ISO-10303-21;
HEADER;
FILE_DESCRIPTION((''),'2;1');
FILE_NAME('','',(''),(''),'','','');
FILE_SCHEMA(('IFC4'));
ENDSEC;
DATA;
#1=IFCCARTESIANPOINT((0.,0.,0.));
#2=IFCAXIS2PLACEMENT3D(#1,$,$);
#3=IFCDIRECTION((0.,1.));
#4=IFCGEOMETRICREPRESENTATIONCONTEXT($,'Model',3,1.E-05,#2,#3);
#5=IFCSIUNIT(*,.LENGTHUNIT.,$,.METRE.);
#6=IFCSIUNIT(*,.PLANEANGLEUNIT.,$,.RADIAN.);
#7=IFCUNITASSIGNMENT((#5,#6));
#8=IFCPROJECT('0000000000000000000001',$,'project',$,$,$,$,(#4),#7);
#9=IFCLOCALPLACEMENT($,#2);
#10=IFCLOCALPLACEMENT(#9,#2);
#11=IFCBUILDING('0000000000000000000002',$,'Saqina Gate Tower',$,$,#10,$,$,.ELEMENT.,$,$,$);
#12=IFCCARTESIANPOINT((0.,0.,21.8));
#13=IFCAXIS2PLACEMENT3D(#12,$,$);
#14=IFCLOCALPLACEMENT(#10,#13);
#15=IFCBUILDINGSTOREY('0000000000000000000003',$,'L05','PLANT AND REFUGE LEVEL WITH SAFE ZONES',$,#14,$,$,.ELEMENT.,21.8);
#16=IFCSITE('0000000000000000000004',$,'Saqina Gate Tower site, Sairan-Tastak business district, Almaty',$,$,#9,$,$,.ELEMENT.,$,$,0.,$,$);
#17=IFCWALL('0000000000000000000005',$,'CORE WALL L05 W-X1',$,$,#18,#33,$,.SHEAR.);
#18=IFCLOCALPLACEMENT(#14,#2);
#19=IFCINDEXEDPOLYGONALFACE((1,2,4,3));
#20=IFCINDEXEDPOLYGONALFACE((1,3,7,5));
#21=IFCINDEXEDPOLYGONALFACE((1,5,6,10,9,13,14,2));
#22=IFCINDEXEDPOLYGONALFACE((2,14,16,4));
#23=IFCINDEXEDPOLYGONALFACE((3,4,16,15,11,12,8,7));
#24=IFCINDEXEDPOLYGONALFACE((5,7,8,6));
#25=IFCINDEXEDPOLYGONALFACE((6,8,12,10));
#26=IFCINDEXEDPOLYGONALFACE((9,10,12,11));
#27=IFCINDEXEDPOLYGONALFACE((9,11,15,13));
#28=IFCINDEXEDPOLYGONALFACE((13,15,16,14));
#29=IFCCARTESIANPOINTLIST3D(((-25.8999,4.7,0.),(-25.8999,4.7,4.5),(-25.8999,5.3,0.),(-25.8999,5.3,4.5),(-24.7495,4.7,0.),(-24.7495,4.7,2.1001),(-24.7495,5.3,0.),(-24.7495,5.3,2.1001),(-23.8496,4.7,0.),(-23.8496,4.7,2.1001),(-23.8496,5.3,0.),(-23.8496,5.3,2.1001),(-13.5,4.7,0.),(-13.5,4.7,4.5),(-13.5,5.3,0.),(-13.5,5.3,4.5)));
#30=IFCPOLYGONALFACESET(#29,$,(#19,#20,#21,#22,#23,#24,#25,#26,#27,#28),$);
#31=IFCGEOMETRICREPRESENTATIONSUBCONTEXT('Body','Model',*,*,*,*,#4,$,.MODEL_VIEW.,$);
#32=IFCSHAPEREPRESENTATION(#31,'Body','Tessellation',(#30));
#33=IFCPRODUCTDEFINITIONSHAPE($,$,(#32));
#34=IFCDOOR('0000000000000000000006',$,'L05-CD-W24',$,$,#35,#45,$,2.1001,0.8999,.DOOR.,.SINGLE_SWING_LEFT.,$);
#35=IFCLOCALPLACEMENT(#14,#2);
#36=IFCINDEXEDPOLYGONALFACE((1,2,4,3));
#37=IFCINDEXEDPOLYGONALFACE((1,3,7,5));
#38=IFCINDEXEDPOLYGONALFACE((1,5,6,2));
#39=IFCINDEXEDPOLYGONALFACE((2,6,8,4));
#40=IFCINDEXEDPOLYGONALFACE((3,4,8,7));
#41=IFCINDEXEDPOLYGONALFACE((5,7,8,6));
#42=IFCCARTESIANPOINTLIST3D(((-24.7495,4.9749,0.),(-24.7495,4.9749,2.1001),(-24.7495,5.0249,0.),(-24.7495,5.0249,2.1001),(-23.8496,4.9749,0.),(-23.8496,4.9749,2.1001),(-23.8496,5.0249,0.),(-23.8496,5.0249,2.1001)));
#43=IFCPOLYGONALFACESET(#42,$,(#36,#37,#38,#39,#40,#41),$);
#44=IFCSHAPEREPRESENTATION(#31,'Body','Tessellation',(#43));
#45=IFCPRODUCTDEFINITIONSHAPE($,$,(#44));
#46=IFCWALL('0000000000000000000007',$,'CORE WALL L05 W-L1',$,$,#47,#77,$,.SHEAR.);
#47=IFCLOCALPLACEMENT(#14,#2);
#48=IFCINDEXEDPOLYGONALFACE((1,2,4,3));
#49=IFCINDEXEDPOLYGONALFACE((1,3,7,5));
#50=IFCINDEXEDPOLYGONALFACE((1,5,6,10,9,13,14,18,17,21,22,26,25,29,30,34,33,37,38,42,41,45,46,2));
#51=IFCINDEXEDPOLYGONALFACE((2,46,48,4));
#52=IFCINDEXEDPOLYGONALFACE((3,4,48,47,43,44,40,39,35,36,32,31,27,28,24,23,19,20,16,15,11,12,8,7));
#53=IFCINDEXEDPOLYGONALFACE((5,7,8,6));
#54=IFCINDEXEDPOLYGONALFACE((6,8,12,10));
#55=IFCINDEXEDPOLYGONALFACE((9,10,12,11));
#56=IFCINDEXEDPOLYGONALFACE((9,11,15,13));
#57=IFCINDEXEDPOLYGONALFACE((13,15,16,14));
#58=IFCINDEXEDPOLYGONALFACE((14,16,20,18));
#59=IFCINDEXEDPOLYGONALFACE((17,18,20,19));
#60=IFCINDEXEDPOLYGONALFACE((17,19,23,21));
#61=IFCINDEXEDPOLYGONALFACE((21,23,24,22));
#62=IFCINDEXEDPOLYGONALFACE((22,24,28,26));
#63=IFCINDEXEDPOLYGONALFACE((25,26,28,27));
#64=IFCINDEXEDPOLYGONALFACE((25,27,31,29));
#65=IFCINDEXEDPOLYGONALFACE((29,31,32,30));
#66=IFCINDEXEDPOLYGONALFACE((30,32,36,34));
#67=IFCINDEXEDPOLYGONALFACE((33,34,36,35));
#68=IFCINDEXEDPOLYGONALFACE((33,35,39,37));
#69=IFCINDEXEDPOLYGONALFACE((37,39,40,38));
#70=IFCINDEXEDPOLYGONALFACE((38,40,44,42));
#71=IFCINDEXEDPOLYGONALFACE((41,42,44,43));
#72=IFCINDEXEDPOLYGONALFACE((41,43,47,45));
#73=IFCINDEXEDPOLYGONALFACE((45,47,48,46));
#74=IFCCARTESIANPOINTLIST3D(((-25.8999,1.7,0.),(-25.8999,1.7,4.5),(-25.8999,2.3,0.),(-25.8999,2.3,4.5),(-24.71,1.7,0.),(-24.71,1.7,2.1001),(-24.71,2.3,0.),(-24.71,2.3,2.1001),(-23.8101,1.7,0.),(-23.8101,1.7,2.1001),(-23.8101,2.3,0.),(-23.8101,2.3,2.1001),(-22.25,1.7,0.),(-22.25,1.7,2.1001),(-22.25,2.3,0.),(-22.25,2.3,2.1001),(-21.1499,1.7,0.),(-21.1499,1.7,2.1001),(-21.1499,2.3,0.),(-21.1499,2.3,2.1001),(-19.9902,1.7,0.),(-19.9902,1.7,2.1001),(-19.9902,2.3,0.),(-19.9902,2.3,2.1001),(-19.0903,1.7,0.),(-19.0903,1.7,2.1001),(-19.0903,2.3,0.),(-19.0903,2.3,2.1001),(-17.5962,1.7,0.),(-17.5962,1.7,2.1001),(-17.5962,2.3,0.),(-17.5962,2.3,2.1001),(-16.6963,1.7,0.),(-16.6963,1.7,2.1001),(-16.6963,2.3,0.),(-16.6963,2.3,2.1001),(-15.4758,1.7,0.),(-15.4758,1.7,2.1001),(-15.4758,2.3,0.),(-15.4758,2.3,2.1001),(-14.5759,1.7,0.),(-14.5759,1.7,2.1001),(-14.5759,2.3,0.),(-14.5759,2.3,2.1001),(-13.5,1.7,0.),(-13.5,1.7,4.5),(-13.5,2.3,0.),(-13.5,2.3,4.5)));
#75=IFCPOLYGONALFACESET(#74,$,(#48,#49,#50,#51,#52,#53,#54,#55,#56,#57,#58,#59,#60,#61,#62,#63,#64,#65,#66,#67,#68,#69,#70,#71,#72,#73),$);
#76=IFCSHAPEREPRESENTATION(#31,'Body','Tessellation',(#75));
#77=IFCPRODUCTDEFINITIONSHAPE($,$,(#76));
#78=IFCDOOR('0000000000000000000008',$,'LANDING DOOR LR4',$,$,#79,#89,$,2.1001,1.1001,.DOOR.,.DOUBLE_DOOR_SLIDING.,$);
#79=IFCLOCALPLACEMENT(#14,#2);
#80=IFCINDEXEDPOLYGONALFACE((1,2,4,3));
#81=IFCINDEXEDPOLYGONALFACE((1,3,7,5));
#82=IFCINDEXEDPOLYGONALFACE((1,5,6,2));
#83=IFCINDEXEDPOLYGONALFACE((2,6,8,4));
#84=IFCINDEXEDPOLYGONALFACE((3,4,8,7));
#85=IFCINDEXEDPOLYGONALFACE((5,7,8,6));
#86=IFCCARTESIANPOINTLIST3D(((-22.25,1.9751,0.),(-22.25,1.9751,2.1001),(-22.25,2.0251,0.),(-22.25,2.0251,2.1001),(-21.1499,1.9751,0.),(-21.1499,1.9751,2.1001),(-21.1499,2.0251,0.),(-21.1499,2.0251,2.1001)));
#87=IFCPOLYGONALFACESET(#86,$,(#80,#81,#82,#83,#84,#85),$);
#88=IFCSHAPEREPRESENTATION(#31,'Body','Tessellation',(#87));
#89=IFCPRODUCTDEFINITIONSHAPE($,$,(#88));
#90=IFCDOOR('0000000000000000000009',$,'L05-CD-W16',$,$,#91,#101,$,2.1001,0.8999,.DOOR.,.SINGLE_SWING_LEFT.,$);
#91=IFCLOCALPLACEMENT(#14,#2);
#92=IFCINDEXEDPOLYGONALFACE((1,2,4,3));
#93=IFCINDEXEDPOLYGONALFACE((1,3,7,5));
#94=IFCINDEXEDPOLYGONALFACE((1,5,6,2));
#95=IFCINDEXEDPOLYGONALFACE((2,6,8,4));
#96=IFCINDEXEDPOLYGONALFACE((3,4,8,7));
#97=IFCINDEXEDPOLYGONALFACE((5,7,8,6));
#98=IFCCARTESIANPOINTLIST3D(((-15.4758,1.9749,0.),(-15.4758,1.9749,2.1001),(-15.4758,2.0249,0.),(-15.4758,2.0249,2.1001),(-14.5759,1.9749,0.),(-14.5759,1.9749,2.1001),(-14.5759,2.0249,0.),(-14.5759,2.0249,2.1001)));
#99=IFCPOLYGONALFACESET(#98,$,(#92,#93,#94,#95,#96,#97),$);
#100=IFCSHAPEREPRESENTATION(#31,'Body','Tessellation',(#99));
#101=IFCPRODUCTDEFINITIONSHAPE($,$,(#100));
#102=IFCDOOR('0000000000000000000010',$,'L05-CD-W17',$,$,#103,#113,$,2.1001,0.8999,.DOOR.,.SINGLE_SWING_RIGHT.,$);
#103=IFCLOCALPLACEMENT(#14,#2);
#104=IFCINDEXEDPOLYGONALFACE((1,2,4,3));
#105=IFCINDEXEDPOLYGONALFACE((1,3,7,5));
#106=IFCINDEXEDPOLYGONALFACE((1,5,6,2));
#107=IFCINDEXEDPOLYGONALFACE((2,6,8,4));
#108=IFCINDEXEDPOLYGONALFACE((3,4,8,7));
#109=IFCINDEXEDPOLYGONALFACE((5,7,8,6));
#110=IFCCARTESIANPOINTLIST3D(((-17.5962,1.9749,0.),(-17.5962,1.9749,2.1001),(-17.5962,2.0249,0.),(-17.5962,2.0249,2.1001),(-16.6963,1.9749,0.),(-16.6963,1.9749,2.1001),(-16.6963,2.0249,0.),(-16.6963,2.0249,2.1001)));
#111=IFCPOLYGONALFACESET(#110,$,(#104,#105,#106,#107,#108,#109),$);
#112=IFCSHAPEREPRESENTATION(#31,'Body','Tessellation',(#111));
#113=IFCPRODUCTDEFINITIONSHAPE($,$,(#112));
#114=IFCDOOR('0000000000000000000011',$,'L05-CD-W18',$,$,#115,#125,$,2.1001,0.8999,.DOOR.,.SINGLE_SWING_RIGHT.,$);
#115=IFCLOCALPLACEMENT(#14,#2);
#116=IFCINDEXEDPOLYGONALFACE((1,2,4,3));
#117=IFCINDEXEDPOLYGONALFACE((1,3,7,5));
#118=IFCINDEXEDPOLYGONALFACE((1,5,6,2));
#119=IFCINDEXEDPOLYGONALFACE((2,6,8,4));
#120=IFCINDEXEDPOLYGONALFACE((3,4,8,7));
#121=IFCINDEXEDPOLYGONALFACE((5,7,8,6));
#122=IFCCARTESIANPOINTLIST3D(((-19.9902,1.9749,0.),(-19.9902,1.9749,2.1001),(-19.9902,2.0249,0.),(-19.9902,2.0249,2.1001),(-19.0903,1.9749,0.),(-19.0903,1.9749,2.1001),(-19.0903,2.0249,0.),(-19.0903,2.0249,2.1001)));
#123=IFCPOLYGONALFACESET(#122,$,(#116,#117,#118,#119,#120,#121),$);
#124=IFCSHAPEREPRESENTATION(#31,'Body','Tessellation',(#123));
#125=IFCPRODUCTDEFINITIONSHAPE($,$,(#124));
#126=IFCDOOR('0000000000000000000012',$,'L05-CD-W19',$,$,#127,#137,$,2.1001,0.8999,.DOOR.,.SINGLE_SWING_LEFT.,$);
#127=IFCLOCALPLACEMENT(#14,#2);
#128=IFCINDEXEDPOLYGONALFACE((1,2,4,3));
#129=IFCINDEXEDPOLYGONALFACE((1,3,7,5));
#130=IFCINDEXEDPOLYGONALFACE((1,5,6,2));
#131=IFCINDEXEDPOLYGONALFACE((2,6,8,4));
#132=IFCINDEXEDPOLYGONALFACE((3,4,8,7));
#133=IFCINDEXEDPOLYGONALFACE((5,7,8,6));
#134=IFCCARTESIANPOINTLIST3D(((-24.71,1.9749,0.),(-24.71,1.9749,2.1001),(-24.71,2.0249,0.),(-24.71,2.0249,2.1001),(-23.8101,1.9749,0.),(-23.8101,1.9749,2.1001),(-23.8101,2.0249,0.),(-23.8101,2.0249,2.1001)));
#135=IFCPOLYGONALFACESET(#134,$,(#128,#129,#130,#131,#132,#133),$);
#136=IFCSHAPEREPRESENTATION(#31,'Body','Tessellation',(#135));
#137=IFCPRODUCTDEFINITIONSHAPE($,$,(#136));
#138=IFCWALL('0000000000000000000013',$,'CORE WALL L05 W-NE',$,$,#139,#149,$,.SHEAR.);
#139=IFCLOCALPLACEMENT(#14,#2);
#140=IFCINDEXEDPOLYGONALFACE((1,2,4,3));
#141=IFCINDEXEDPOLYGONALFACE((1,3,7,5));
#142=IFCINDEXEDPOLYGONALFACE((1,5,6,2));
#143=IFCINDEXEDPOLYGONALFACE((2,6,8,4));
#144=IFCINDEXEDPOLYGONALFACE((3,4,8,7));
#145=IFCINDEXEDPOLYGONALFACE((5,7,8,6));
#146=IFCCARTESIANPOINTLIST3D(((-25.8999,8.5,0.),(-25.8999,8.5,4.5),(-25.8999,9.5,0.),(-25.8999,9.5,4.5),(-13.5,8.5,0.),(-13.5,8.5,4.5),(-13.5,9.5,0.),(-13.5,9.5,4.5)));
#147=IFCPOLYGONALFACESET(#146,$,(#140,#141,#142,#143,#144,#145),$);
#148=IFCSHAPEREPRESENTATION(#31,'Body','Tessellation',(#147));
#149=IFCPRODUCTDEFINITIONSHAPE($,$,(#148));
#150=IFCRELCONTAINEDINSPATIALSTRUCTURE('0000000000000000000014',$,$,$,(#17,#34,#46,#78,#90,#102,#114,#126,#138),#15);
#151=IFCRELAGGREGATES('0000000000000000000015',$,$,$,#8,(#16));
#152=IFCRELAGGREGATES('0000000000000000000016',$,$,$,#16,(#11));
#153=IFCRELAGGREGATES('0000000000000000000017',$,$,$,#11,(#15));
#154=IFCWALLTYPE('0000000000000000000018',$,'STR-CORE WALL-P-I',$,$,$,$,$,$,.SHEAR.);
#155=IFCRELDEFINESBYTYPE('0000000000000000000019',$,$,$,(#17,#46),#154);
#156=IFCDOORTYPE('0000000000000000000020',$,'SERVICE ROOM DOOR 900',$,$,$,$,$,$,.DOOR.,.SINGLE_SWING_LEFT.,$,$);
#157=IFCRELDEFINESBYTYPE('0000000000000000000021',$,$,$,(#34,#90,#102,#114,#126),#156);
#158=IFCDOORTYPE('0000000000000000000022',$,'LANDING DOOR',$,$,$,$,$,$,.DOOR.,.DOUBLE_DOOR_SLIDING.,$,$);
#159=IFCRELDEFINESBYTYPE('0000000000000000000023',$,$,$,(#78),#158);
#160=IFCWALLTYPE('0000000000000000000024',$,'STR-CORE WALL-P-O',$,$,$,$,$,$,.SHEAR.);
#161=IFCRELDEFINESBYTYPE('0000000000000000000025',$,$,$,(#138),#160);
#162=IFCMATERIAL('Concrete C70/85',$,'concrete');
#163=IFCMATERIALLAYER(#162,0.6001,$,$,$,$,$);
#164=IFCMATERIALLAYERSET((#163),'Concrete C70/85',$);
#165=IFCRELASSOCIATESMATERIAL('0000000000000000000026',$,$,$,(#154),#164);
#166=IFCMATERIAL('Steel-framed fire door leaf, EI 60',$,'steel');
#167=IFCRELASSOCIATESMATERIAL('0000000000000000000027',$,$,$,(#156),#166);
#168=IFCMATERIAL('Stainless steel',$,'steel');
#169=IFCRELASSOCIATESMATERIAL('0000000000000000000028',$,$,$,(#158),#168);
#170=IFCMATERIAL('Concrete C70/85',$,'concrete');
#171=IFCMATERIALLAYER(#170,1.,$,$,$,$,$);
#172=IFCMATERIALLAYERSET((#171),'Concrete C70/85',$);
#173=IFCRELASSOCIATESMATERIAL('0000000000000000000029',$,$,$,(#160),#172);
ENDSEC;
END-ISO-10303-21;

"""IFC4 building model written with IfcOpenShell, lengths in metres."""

from ifc_helpers import new_model, si_unit, direction, frame, frame_2d, origin, place, context, subcontext, project, spatial, rectangle, extrude, material, layer, layer_set, type_object, element, fill, save


model = new_model("IFC4")

# Units and contexts
model_context = context("Model", 3, precision=1e-05, world=origin(), true_north=direction((0.0, 1.0)))
body_context = subcontext(model_context, "Body", "Model", "MODEL_VIEW")
ifc_project = project(units=[si_unit("LENGTHUNIT", "METRE"), si_unit("PLANEANGLEUNIT", "RADIAN")], contexts=[model_context])

# Site, building, storey
site_placement = place(None, origin())
site = spatial("IfcSite", under=ifc_project, at=site_placement, Name="Saqina Gate Tower site, Sairan-Tastak business district, Almaty", CompositionType="ELEMENT", RefElevation=0.0)
building_placement = place(site_placement, origin())
building = spatial("IfcBuilding", under=site, at=building_placement, Name="Saqina Gate Tower", CompositionType="ELEMENT")
storey_placement = place(building_placement, frame((0.0, 0.0, 21.8)))
storey = spatial("IfcBuildingStorey", under=building, at=storey_placement, Name="L05", Description="PLANT AND REFUGE LEVEL WITH SAFE ZONES", CompositionType="ELEMENT", Elevation=21.8)

# Wall, opening, door
ifc_material_1 = material(Name="Concrete C70/85", Category="concrete")
ifc_layer_1 = layer(ifc_material_1, 0.6001)
ifc_layer_set_1 = layer_set([ifc_layer_1], Name="Concrete C70/85")
wall_type_1 = type_object("IfcWallType", Name="STR-CORE WALL-P-I", PredefinedType="SHEAR", material=ifc_layer_set_1)
wall_1_placement = place(storey_placement, frame((-13.5, 5.0, 0.0), z_axis=(0.0, 0.0, 1.0), x_axis=(-1.0, 0.0, 0.0)))
wall_1 = element("IfcWall", 1, at=wall_1_placement, inside=storey, type_object=wall_type_1, Name="CORE WALL L05 W-X1", PredefinedType="SHEAR", context=body_context, shape_type="SweptSolid", body=[
    extrude(rectangle(XDim=12.3999, YDim=0.6001, at=frame_2d((6.2, 0.0))), origin(), (0.0, 0.0, 1.0), 4.5),
])
opening_1_placement = place(wall_1_placement, frame((10.3496, 0.0, 0.0)))
opening_1 = element("IfcOpeningElement", 2, at=opening_1_placement, cuts=wall_1, PredefinedType="OPENING", context=body_context, shape_type="SweptSolid", body=[
    extrude(rectangle(XDim=0.8999, YDim=2.1001, at=frame_2d((0.45, 1.05))), frame((0.0, 0.312, 0.0), z_axis=(0.0, -1.0, 0.0), x_axis=(1.0, 0.0, 0.0)), (0.0, 0.0, 1.0), 0.624),
])
ifc_material_2 = material(Name="Steel-framed fire door leaf, EI 60", Category="steel")
door_type_1 = type_object("IfcDoorType", Name="SERVICE ROOM DOOR 900", OperationType="SINGLE_SWING_LEFT", PredefinedType="DOOR", material=ifc_material_2)
door_1_placement = place(opening_1_placement, frame((0.8999, 0.0, 0.0), z_axis=(0.0, 0.0, 1.0), x_axis=(-1.0, 0.0, 0.0)))
door_1 = element("IfcDoor", 3, at=door_1_placement, inside=storey, type_object=door_type_1, Name="L05-CD-W24", OperationType="SINGLE_SWING_LEFT", OverallHeight=2.1001, OverallWidth=0.8999, PredefinedType="DOOR", context=body_context, shape_type="SweptSolid", body=[
    extrude(rectangle(XDim=0.8999, YDim=2.1001, at=frame_2d((0.45, 1.05))), frame((0.0, 0.0249, 0.0), z_axis=(0.0, -1.0, 0.0), x_axis=(1.0, 0.0, 0.0)), (0.0, 0.0, 1.0), 0.05),
])
fill(opening_1, door_1)

# Wall, openings, doors
wall_2_placement = place(storey_placement, frame((-13.5, 2.0, 0.0), z_axis=(0.0, 0.0, 1.0), x_axis=(-1.0, 0.0, 0.0)))
wall_2 = element("IfcWall", 4, at=wall_2_placement, inside=storey, type_object=wall_type_1, Name="CORE WALL L05 W-L1", PredefinedType="SHEAR", context=body_context, shape_type="SweptSolid", body=[
    extrude(rectangle(XDim=12.3999, YDim=0.6001, at=frame_2d((6.2, 0.0))), origin(), (0.0, 0.0, 1.0), 4.5),
])
opening_2_placement = place(wall_2_placement, frame((7.6499, 0.0, 0.0)))
opening_2 = element("IfcOpeningElement", 5, at=opening_2_placement, cuts=wall_2, PredefinedType="OPENING", context=body_context, shape_type="SweptSolid", body=[
    extrude(rectangle(XDim=1.1001, YDim=2.1001, at=frame_2d((0.55, 1.05))), frame((0.0, 0.312, 0.0), z_axis=(0.0, -1.0, 0.0), x_axis=(1.0, 0.0, 0.0)), (0.0, 0.0, 1.0), 0.624),
])
opening_3_placement = place(wall_2_placement, frame((1.0759, 0.0, 0.0)))
opening_3 = element("IfcOpeningElement", 6, at=opening_3_placement, cuts=wall_2, PredefinedType="OPENING", context=body_context, shape_type="SweptSolid", body=[
    extrude(rectangle(XDim=0.8999, YDim=2.1001, at=frame_2d((0.45, 1.05))), frame((0.0, 0.312, 0.0), z_axis=(0.0, -1.0, 0.0), x_axis=(1.0, 0.0, 0.0)), (0.0, 0.0, 1.0), 0.624),
])
opening_4_placement = place(wall_2_placement, frame((3.1963, 0.0, 0.0)))
opening_4 = element("IfcOpeningElement", 7, at=opening_4_placement, cuts=wall_2, PredefinedType="OPENING", context=body_context, shape_type="SweptSolid", body=[
    extrude(rectangle(XDim=0.8999, YDim=2.1001, at=frame_2d((0.45, 1.05))), frame((0.0, 0.312, 0.0), z_axis=(0.0, -1.0, 0.0), x_axis=(1.0, 0.0, 0.0)), (0.0, 0.0, 1.0), 0.624),
])
opening_5_placement = place(wall_2_placement, frame((5.5903, 0.0, 0.0)))
opening_5 = element("IfcOpeningElement", 8, at=opening_5_placement, cuts=wall_2, PredefinedType="OPENING", context=body_context, shape_type="SweptSolid", body=[
    extrude(rectangle(XDim=0.8999, YDim=2.1001, at=frame_2d((0.45, 1.05))), frame((0.0, 0.312, 0.0), z_axis=(0.0, -1.0, 0.0), x_axis=(1.0, 0.0, 0.0)), (0.0, 0.0, 1.0), 0.624),
])
opening_6_placement = place(wall_2_placement, frame((10.3101, 0.0, 0.0)))
opening_6 = element("IfcOpeningElement", 9, at=opening_6_placement, cuts=wall_2, PredefinedType="OPENING", context=body_context, shape_type="SweptSolid", body=[
    extrude(rectangle(XDim=0.8999, YDim=2.1001, at=frame_2d((0.45, 1.05))), frame((0.0, 0.312, 0.0), z_axis=(0.0, -1.0, 0.0), x_axis=(1.0, 0.0, 0.0)), (0.0, 0.0, 1.0), 0.624),
])
ifc_material_3 = material(Name="Stainless steel", Category="steel")
door_type_2 = type_object("IfcDoorType", Name="LANDING DOOR", OperationType="DOUBLE_DOOR_SLIDING", PredefinedType="DOOR", material=ifc_material_3)
door_2_placement = place(opening_2_placement, origin())
door_2 = element("IfcDoor", 10, at=door_2_placement, inside=storey, type_object=door_type_2, Name="LANDING DOOR LR4", OperationType="DOUBLE_DOOR_SLIDING", OverallHeight=2.1001, OverallWidth=1.1001, PredefinedType="DOOR", context=body_context, shape_type="SweptSolid", body=[
    extrude(rectangle(XDim=1.1001, YDim=2.1001, at=frame_2d((0.55, 1.05))), frame((0.0, 0.0249, 0.0), z_axis=(0.0, -1.0, 0.0), x_axis=(1.0, 0.0, 0.0)), (0.0, 0.0, 1.0), 0.05),
])
fill(opening_2, door_2)
door_3_placement = place(opening_3_placement, frame((0.8999, 0.0, 0.0), z_axis=(0.0, 0.0, 1.0), x_axis=(-1.0, 0.0, 0.0)))
door_3 = element("IfcDoor", 11, at=door_3_placement, inside=storey, type_object=door_type_1, Name="L05-CD-W16", OperationType="SINGLE_SWING_LEFT", OverallHeight=2.1001, OverallWidth=0.8999, PredefinedType="DOOR", context=body_context, shape_type="SweptSolid", body=[
    extrude(rectangle(XDim=0.8999, YDim=2.1001, at=frame_2d((0.45, 1.05))), frame((0.0, 0.0249, 0.0), z_axis=(0.0, -1.0, 0.0), x_axis=(1.0, 0.0, 0.0)), (0.0, 0.0, 1.0), 0.05),
])
fill(opening_3, door_3)
door_4_placement = place(opening_4_placement, frame((0.8999, 0.0, 0.0), z_axis=(0.0, 0.0, 1.0), x_axis=(-1.0, 0.0, 0.0)))
door_4 = element("IfcDoor", 12, at=door_4_placement, inside=storey, type_object=door_type_1, Name="L05-CD-W17", OperationType="SINGLE_SWING_RIGHT", OverallHeight=2.1001, OverallWidth=0.8999, PredefinedType="DOOR", context=body_context, shape_type="SweptSolid", body=[
    extrude(rectangle(XDim=0.8999, YDim=2.1001, at=frame_2d((0.45, 1.05))), frame((0.0, 0.0249, 0.0), z_axis=(0.0, -1.0, 0.0), x_axis=(1.0, 0.0, 0.0)), (0.0, 0.0, 1.0), 0.05),
])
fill(opening_4, door_4)
door_5_placement = place(opening_5_placement, frame((0.8999, 0.0, 0.0), z_axis=(0.0, 0.0, 1.0), x_axis=(-1.0, 0.0, 0.0)))
door_5 = element("IfcDoor", 13, at=door_5_placement, inside=storey, type_object=door_type_1, Name="L05-CD-W18", OperationType="SINGLE_SWING_RIGHT", OverallHeight=2.1001, OverallWidth=0.8999, PredefinedType="DOOR", context=body_context, shape_type="SweptSolid", body=[
    extrude(rectangle(XDim=0.8999, YDim=2.1001, at=frame_2d((0.45, 1.05))), frame((0.0, 0.0249, 0.0), z_axis=(0.0, -1.0, 0.0), x_axis=(1.0, 0.0, 0.0)), (0.0, 0.0, 1.0), 0.05),
])
fill(opening_5, door_5)
door_6_placement = place(opening_6_placement, frame((0.8999, 0.0, 0.0), z_axis=(0.0, 0.0, 1.0), x_axis=(-1.0, 0.0, 0.0)))
door_6 = element("IfcDoor", 14, at=door_6_placement, inside=storey, type_object=door_type_1, Name="L05-CD-W19", OperationType="SINGLE_SWING_LEFT", OverallHeight=2.1001, OverallWidth=0.8999, PredefinedType="DOOR", context=body_context, shape_type="SweptSolid", body=[
    extrude(rectangle(XDim=0.8999, YDim=2.1001, at=frame_2d((0.45, 1.05))), frame((0.0, 0.0249, 0.0), z_axis=(0.0, -1.0, 0.0), x_axis=(1.0, 0.0, 0.0)), (0.0, 0.0, 1.0), 0.05),
])
fill(opening_6, door_6)

# Wall
ifc_material_4 = material(Name="Concrete C70/85", Category="concrete")
ifc_layer_2 = layer(ifc_material_4, 1.0)
ifc_layer_set_2 = layer_set([ifc_layer_2], Name="Concrete C70/85")
wall_type_2 = type_object("IfcWallType", Name="STR-CORE WALL-P-O", PredefinedType="SHEAR", material=ifc_layer_set_2)
wall_3_placement = place(storey_placement, frame((-13.5, 9.0, 0.0), z_axis=(0.0, 0.0, 1.0), x_axis=(-1.0, 0.0, 0.0)))
element("IfcWall", 15, at=wall_3_placement, inside=storey, type_object=wall_type_2, Name="CORE WALL L05 W-NE", PredefinedType="SHEAR", context=body_context, shape_type="SweptSolid", body=[
    extrude(rectangle(XDim=12.3999, YDim=1.0, at=frame_2d((6.2, 0.0))), origin(), (0.0, 0.0, 1.0), 4.5),
])

save(model, "model.ifc")
